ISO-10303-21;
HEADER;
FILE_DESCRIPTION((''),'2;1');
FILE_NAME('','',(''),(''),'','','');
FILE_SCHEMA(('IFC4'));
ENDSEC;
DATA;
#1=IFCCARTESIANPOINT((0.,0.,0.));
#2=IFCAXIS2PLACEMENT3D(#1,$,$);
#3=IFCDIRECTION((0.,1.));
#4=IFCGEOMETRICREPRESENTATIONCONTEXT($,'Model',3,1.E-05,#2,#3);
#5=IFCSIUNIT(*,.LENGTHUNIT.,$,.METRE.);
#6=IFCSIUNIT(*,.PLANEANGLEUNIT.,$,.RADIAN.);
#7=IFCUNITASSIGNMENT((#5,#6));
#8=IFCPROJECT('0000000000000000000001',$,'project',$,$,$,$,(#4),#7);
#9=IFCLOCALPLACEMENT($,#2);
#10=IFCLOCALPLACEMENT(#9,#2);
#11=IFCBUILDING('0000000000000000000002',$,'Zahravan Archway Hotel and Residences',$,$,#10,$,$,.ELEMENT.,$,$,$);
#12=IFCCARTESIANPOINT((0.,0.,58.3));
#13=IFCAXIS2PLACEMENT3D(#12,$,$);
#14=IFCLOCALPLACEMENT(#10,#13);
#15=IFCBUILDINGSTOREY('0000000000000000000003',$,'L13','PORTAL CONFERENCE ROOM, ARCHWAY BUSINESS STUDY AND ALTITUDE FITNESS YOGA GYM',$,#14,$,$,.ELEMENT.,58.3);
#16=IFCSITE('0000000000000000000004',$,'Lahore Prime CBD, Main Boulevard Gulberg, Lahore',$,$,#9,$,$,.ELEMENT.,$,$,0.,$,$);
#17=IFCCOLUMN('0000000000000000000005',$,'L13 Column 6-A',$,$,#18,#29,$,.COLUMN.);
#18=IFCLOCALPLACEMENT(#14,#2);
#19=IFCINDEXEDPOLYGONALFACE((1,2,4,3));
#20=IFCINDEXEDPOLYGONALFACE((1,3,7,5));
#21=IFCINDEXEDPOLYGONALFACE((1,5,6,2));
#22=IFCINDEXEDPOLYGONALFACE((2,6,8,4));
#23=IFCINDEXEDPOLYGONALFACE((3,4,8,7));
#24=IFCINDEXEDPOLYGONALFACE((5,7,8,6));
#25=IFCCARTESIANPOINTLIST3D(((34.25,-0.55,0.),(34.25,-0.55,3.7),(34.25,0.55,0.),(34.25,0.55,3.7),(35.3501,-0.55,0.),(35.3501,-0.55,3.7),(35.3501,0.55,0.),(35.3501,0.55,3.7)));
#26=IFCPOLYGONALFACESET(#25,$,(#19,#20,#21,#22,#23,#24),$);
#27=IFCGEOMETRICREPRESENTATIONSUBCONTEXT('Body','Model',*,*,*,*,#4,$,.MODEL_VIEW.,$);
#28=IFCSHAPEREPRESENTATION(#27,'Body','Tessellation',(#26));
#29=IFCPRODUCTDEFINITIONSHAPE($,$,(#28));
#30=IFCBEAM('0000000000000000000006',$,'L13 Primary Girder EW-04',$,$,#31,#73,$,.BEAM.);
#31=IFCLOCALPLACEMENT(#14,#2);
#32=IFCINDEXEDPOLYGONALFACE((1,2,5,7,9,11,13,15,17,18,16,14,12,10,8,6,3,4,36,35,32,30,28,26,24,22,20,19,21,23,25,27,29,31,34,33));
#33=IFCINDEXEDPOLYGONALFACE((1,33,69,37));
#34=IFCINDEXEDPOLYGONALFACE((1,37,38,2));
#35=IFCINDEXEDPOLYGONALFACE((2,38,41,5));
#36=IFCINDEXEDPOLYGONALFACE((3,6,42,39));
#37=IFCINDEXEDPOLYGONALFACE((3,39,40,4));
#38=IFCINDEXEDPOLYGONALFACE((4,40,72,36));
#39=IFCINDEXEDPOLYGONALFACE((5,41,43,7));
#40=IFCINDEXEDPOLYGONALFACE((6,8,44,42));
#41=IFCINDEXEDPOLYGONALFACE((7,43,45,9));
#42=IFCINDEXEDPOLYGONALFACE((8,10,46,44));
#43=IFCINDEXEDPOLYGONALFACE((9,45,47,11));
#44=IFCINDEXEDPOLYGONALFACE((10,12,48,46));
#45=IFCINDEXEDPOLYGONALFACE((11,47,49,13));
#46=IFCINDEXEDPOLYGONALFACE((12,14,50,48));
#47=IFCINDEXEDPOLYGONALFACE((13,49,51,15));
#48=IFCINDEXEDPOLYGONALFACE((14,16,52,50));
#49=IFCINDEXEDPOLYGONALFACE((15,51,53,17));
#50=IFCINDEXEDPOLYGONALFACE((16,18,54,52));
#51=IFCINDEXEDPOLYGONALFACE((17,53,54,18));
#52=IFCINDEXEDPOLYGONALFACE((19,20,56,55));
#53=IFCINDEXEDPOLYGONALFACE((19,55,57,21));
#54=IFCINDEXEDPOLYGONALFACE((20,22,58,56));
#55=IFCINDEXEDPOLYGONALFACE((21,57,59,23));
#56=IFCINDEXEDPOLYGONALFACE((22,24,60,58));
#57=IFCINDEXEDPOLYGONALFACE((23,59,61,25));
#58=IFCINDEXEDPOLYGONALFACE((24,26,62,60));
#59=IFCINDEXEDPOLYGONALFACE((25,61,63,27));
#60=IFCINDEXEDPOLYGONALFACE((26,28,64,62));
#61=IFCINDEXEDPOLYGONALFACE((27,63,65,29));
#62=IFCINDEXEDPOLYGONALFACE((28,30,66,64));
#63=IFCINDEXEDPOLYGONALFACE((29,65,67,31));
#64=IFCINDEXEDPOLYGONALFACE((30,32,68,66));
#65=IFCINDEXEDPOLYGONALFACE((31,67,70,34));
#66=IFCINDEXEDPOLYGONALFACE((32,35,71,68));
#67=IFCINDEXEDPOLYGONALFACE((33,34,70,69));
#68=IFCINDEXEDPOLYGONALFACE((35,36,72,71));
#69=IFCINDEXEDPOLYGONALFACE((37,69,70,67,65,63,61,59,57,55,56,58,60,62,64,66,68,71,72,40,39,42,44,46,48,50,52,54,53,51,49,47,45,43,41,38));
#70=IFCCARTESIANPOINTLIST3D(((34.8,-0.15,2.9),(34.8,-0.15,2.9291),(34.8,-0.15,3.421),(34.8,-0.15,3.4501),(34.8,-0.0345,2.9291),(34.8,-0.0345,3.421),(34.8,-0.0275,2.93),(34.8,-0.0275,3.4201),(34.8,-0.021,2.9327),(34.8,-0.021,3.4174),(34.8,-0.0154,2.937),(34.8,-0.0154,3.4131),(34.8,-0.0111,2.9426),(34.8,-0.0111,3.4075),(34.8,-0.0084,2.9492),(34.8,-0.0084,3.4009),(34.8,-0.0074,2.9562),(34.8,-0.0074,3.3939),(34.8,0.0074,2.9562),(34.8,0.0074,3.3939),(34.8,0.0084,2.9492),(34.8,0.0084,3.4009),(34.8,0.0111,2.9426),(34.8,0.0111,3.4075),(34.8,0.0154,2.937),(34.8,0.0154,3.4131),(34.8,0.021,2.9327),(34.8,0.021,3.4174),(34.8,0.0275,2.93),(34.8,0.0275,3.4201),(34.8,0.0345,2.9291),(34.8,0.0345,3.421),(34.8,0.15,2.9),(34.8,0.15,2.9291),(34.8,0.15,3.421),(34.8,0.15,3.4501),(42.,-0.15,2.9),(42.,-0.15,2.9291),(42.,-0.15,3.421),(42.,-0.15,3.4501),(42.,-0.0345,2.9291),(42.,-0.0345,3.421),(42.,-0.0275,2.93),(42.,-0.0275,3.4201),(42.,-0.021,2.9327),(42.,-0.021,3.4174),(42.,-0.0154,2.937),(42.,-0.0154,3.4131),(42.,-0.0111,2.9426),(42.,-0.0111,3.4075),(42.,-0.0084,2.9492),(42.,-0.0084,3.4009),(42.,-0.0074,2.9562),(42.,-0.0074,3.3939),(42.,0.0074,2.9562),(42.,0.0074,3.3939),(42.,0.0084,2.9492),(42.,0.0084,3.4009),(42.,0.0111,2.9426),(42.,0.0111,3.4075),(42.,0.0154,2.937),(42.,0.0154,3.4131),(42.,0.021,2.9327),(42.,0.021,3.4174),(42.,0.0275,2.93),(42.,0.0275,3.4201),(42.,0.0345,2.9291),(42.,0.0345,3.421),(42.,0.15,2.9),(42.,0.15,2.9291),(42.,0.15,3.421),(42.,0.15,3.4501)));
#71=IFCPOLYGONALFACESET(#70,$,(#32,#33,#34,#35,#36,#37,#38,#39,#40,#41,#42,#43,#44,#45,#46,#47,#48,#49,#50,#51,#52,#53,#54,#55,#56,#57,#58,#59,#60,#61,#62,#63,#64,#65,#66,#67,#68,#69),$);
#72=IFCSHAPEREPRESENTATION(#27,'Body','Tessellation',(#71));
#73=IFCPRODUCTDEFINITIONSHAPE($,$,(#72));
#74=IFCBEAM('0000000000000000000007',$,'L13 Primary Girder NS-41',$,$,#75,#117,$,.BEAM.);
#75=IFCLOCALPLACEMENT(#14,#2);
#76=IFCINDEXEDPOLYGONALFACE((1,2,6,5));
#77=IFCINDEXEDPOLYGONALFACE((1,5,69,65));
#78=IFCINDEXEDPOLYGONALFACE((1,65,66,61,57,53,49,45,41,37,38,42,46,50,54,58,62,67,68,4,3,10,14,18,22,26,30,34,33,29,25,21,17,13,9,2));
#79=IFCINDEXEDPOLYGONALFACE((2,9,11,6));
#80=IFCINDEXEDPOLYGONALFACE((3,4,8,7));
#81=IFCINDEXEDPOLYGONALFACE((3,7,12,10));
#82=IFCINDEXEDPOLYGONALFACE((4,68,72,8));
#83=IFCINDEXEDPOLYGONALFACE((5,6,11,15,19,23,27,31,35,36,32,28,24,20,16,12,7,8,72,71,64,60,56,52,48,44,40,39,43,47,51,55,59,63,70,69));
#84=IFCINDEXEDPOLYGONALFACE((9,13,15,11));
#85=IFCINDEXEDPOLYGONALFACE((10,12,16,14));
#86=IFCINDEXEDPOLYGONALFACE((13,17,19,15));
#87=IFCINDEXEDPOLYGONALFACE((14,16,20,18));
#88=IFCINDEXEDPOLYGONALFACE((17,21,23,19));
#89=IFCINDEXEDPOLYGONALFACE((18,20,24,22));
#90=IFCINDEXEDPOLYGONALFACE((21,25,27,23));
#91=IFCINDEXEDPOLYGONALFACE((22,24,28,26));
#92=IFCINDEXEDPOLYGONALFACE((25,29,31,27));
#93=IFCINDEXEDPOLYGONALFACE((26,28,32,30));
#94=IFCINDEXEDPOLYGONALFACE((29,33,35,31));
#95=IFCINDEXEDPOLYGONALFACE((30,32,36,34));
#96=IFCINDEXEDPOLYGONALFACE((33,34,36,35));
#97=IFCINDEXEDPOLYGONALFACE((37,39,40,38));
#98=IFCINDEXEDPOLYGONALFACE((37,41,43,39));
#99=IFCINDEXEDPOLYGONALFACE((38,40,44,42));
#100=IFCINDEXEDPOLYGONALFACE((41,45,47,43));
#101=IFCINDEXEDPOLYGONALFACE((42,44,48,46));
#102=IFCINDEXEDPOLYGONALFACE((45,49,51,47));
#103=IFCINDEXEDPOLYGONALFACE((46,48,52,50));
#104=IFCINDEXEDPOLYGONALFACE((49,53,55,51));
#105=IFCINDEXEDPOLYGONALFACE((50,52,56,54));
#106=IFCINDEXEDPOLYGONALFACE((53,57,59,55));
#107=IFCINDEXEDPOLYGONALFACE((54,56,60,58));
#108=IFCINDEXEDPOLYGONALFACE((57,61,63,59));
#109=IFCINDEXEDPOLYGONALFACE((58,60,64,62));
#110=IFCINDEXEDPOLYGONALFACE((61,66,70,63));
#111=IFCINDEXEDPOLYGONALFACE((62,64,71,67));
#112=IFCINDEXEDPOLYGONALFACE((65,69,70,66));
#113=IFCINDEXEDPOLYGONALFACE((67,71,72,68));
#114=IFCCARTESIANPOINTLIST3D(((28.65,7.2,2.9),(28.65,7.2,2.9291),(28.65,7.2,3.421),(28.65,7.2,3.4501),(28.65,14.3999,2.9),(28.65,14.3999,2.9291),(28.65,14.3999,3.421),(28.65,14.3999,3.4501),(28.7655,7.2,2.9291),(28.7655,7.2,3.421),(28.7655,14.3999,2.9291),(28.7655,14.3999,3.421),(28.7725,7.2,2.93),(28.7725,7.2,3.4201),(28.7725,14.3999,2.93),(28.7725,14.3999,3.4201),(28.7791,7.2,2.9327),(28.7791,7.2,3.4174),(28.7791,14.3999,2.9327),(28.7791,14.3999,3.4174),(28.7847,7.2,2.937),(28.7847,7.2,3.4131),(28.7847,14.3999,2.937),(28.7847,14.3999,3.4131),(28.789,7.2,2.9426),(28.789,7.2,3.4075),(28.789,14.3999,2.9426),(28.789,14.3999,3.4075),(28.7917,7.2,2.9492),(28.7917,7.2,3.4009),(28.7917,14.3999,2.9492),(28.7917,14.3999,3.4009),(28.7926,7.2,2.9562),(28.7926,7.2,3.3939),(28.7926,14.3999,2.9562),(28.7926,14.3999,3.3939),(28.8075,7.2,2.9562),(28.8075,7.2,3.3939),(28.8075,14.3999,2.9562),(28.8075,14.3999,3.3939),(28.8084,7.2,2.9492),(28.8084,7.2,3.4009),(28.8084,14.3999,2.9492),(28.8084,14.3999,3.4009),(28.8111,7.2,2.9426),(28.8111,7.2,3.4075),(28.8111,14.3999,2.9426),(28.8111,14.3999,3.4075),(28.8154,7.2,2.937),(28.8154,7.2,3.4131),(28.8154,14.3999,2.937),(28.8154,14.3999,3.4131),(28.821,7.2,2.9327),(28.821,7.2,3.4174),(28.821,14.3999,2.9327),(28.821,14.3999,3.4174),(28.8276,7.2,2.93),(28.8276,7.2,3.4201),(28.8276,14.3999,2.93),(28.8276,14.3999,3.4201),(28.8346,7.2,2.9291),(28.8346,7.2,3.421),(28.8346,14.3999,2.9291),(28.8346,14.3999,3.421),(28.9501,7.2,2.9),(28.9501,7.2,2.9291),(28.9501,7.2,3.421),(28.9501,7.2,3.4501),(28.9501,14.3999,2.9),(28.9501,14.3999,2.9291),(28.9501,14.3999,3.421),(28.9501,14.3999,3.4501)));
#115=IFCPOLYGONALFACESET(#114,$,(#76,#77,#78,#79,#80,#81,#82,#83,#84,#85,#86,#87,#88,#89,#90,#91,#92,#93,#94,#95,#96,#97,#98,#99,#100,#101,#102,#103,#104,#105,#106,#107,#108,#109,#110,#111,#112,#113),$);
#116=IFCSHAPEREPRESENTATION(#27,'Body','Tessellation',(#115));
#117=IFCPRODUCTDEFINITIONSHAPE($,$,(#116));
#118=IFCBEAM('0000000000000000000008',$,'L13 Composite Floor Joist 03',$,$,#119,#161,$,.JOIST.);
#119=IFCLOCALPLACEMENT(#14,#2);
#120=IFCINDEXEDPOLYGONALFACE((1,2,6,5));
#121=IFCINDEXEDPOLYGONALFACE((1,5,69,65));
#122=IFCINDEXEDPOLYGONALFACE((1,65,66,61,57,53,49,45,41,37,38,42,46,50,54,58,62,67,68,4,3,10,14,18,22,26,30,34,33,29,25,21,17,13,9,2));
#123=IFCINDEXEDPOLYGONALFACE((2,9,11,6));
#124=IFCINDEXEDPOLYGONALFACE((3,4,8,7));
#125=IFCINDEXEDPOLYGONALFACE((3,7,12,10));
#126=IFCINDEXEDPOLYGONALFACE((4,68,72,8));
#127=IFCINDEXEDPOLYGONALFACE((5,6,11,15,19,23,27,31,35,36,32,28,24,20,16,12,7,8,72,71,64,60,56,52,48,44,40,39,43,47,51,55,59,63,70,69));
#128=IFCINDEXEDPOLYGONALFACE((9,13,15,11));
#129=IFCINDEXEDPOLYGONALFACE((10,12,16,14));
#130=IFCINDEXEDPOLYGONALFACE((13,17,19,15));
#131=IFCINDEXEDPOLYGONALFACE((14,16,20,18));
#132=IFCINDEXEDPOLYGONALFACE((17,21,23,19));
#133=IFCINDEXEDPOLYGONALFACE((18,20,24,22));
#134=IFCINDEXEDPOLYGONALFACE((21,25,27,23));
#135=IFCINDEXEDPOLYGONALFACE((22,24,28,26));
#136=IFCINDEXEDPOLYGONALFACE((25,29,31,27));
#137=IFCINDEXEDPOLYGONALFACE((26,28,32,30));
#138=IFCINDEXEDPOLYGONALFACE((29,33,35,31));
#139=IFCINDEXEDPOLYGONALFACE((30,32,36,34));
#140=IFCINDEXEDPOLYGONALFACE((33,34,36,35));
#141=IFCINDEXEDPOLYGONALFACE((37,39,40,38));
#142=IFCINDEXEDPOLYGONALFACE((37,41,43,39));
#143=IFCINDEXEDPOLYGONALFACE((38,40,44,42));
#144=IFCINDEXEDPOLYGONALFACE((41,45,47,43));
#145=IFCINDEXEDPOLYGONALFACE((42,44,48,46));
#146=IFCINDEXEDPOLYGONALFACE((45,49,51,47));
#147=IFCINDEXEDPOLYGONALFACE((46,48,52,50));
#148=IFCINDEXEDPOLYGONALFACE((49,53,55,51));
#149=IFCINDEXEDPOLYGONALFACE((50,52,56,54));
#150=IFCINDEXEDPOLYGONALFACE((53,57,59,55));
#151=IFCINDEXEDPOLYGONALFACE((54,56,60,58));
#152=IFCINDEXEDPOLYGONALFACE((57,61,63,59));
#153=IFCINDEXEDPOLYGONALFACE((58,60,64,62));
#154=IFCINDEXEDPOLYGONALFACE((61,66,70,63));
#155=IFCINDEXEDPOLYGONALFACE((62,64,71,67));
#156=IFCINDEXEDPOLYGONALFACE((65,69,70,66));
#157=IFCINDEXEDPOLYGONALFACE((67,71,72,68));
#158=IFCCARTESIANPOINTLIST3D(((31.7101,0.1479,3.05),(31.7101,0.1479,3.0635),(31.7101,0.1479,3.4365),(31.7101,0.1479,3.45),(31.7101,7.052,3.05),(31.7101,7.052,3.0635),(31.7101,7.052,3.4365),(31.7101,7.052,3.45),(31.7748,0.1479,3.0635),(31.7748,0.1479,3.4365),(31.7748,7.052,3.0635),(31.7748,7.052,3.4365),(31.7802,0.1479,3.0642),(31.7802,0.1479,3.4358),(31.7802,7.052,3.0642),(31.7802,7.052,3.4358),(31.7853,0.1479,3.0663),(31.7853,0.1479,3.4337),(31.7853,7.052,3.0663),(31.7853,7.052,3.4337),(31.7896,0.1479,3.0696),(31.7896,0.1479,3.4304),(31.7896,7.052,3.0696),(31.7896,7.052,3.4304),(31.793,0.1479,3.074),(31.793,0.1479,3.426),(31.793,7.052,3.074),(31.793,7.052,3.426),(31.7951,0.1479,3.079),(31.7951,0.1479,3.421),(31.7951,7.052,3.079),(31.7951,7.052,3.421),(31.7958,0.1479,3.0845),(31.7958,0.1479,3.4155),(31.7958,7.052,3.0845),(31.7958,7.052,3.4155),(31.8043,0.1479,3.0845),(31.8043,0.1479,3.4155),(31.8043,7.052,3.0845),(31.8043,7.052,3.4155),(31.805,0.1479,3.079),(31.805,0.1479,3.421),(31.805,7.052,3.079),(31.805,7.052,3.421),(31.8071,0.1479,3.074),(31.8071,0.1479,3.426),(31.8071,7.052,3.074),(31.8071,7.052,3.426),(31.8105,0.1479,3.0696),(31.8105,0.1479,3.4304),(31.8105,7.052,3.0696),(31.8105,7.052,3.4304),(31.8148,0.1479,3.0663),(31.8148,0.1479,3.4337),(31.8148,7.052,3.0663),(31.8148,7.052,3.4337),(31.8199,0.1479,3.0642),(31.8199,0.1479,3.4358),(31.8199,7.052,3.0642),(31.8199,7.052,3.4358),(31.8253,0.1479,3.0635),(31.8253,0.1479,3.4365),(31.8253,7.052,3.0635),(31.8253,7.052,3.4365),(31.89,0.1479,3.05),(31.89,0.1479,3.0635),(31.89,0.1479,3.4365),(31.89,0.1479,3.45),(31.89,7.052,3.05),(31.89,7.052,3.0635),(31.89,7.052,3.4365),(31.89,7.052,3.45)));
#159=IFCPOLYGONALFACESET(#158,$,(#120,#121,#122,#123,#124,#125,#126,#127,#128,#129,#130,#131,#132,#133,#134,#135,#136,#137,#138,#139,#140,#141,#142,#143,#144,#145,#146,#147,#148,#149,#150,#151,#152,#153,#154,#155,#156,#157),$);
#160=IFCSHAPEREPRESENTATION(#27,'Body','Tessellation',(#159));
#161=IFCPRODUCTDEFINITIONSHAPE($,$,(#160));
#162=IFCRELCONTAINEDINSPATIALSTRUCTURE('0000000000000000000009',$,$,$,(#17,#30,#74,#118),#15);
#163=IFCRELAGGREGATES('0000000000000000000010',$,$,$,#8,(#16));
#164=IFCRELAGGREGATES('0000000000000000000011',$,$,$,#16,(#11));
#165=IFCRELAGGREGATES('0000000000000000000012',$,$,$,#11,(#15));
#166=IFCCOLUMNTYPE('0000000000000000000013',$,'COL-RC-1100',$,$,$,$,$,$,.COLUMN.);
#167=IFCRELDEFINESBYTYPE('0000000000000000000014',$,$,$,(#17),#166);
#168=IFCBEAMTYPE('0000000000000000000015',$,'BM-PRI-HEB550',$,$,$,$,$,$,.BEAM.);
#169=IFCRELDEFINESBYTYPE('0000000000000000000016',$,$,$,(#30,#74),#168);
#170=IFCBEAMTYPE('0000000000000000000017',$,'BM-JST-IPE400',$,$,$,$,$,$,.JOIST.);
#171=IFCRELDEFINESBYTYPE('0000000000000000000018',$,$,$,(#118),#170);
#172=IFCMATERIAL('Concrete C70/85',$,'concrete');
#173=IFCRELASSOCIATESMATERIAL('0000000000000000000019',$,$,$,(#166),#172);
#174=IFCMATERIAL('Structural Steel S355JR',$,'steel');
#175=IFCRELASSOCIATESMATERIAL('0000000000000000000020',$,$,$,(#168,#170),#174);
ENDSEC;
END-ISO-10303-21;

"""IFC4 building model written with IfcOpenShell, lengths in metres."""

from ifc_helpers import new_model, si_unit, direction, frame, origin, origin_2d, place, context, subcontext, project, spatial, rectangle, i_section, extrude, source, transform, mapped, material, material_profile, profile_set, type_object, type_shapes, element, save


model = new_model("IFC4")

# Units and contexts
model_context = context("Model", 3, precision=1e-05, world=origin(), true_north=direction((0.0, 1.0)))
body_context = subcontext(model_context, "Body", "Model", "MODEL_VIEW")
ifc_project = project(units=[si_unit("LENGTHUNIT", "METRE"), si_unit("PLANEANGLEUNIT", "RADIAN")], contexts=[model_context])

# Site, building, storey
site_placement = place(None, origin())
site = spatial("IfcSite", under=ifc_project, at=site_placement, Name="Lahore Prime CBD, Main Boulevard Gulberg, Lahore", CompositionType="ELEMENT", RefElevation=0.0)
building_placement = place(site_placement, origin())
building = spatial("IfcBuilding", under=site, at=building_placement, Name="Zahravan Archway Hotel and Residences", CompositionType="ELEMENT")
storey_placement = place(building_placement, frame((0.0, 0.0, 58.3)))
storey = spatial("IfcBuildingStorey", under=building, at=storey_placement, Name="L13", Description="PORTAL CONFERENCE ROOM, ARCHWAY BUSINESS STUDY AND ALTITUDE FITNESS YOGA GYM", CompositionType="ELEMENT", Elevation=58.3)

# Column
ifc_material_1 = material(Name="Concrete C70/85", Category="concrete")
ifc_material_profile_1 = material_profile(ifc_material_1, rectangle(XDim=1.1001, YDim=1.1001, at=origin_2d()), Name="RC 1100x1100", Category="concrete")
ifc_profile_set_1 = profile_set([ifc_material_profile_1], Name="Concrete C70/85")
column_type = type_object("IfcColumnType", Name="COL-RC-1100", PredefinedType="COLUMN", material=ifc_profile_set_1)
shared_shape_1 = source(origin(), body_context, "Body", "SweptSolid", [
    extrude(rectangle(XDim=1.1001, YDim=1.1001, at=origin_2d()), origin(), (0.0, 0.0, 1.0), 3.7),
])
column_placement = place(storey_placement, frame((34.8, 0.0, 0.0), z_axis=(0.0, 0.0, 1.0), x_axis=(1.0, 0.0, 0.0)))
element("IfcColumn", 1, at=column_placement, inside=storey, type_object=column_type, Name="L13 Column 6-A", PredefinedType="COLUMN", context=body_context, shape_type="MappedRepresentation", body=[
    mapped(shared_shape_1, transform((0.0, 0.0, 0.0), scale=1.0)),
])

# Beams
ifc_material_2 = material(Name="Structural Steel S355JR", Category="steel")
ifc_material_profile_2 = material_profile(ifc_material_2, i_section(OverallWidth=0.3, OverallDepth=0.55, WebThickness=0.0149, FlangeThickness=0.0291, FilletRadius=0.0271, at=origin_2d()), Name="HEB 550", Category="steel")
ifc_profile_set_2 = profile_set([ifc_material_profile_2], Name="Structural Steel S355JR")
beam_type_1 = type_object("IfcBeamType", Name="BM-PRI-HEB550", PredefinedType="BEAM", material=ifc_profile_set_2)
shared_shape_2 = source(origin(), body_context, "Body", "SweptSolid", [
    extrude(i_section(OverallWidth=0.3, OverallDepth=0.55, WebThickness=0.0149, FlangeThickness=0.0291, FilletRadius=0.0271, at=origin_2d()), origin(), (0.0, 0.0, 1.0), 7.2),
])
for number, where, z_axis, x_axis, name in (
    (2, (34.8, 0.0, 3.175), (1.0, 0.0, 0.0), (0.0, 1.0, 0.0), "L13 Primary Girder EW-04"),
    (3, (28.8, 7.2, 3.175), (0.0, 1.0, 0.0), (-1.0, 0.0, 0.0), "L13 Primary Girder NS-41"),
):
    element("IfcBeam", number, at=place(storey_placement, frame(where, z_axis=z_axis, x_axis=x_axis)), inside=storey, type_object=beam_type_1, Name=name, PredefinedType="BEAM", context=body_context, shape_type="MappedRepresentation", body=[
        mapped(shared_shape_2, transform((0.0, 0.0, 0.0), scale=1.0)),
    ])
ifc_material_profile_3 = material_profile(ifc_material_2, i_section(OverallWidth=0.1799, OverallDepth=0.3999, WebThickness=0.0085, FlangeThickness=0.0134, FilletRadius=0.021, at=origin_2d()), Name="IPE 400", Category="steel")
ifc_profile_set_3 = profile_set([ifc_material_profile_3], Name="Structural Steel S355JR")
beam_type_2 = type_object("IfcBeamType", Name="BM-JST-IPE400", PredefinedType="JOIST", material=ifc_profile_set_3)
shared_shape_3 = source(origin(), body_context, "Body", "SweptSolid", [
    extrude(i_section(OverallWidth=0.1799, OverallDepth=0.3999, WebThickness=0.0085, FlangeThickness=0.0134, FilletRadius=0.021, at=origin_2d()), origin(), (0.0, 0.0, 1.0), 6.9041),
])
type_shapes(beam_type_2, [shared_shape_3])
beam_1_placement = place(storey_placement, frame((31.8, 0.1479, 3.25), z_axis=(0.0, 1.0, 0.0), x_axis=(-1.0, 0.0, 0.0)))
element("IfcBeam", 4, at=beam_1_placement, inside=storey, type_object=beam_type_2, Name="L13 Composite Floor Joist 03", PredefinedType="JOIST", context=body_context, shape_type="MappedRepresentation", body=[
    mapped(shared_shape_3, transform((0.0, 0.0, 0.0), scale=1.0)),
])

save(model, "model.ifc")
